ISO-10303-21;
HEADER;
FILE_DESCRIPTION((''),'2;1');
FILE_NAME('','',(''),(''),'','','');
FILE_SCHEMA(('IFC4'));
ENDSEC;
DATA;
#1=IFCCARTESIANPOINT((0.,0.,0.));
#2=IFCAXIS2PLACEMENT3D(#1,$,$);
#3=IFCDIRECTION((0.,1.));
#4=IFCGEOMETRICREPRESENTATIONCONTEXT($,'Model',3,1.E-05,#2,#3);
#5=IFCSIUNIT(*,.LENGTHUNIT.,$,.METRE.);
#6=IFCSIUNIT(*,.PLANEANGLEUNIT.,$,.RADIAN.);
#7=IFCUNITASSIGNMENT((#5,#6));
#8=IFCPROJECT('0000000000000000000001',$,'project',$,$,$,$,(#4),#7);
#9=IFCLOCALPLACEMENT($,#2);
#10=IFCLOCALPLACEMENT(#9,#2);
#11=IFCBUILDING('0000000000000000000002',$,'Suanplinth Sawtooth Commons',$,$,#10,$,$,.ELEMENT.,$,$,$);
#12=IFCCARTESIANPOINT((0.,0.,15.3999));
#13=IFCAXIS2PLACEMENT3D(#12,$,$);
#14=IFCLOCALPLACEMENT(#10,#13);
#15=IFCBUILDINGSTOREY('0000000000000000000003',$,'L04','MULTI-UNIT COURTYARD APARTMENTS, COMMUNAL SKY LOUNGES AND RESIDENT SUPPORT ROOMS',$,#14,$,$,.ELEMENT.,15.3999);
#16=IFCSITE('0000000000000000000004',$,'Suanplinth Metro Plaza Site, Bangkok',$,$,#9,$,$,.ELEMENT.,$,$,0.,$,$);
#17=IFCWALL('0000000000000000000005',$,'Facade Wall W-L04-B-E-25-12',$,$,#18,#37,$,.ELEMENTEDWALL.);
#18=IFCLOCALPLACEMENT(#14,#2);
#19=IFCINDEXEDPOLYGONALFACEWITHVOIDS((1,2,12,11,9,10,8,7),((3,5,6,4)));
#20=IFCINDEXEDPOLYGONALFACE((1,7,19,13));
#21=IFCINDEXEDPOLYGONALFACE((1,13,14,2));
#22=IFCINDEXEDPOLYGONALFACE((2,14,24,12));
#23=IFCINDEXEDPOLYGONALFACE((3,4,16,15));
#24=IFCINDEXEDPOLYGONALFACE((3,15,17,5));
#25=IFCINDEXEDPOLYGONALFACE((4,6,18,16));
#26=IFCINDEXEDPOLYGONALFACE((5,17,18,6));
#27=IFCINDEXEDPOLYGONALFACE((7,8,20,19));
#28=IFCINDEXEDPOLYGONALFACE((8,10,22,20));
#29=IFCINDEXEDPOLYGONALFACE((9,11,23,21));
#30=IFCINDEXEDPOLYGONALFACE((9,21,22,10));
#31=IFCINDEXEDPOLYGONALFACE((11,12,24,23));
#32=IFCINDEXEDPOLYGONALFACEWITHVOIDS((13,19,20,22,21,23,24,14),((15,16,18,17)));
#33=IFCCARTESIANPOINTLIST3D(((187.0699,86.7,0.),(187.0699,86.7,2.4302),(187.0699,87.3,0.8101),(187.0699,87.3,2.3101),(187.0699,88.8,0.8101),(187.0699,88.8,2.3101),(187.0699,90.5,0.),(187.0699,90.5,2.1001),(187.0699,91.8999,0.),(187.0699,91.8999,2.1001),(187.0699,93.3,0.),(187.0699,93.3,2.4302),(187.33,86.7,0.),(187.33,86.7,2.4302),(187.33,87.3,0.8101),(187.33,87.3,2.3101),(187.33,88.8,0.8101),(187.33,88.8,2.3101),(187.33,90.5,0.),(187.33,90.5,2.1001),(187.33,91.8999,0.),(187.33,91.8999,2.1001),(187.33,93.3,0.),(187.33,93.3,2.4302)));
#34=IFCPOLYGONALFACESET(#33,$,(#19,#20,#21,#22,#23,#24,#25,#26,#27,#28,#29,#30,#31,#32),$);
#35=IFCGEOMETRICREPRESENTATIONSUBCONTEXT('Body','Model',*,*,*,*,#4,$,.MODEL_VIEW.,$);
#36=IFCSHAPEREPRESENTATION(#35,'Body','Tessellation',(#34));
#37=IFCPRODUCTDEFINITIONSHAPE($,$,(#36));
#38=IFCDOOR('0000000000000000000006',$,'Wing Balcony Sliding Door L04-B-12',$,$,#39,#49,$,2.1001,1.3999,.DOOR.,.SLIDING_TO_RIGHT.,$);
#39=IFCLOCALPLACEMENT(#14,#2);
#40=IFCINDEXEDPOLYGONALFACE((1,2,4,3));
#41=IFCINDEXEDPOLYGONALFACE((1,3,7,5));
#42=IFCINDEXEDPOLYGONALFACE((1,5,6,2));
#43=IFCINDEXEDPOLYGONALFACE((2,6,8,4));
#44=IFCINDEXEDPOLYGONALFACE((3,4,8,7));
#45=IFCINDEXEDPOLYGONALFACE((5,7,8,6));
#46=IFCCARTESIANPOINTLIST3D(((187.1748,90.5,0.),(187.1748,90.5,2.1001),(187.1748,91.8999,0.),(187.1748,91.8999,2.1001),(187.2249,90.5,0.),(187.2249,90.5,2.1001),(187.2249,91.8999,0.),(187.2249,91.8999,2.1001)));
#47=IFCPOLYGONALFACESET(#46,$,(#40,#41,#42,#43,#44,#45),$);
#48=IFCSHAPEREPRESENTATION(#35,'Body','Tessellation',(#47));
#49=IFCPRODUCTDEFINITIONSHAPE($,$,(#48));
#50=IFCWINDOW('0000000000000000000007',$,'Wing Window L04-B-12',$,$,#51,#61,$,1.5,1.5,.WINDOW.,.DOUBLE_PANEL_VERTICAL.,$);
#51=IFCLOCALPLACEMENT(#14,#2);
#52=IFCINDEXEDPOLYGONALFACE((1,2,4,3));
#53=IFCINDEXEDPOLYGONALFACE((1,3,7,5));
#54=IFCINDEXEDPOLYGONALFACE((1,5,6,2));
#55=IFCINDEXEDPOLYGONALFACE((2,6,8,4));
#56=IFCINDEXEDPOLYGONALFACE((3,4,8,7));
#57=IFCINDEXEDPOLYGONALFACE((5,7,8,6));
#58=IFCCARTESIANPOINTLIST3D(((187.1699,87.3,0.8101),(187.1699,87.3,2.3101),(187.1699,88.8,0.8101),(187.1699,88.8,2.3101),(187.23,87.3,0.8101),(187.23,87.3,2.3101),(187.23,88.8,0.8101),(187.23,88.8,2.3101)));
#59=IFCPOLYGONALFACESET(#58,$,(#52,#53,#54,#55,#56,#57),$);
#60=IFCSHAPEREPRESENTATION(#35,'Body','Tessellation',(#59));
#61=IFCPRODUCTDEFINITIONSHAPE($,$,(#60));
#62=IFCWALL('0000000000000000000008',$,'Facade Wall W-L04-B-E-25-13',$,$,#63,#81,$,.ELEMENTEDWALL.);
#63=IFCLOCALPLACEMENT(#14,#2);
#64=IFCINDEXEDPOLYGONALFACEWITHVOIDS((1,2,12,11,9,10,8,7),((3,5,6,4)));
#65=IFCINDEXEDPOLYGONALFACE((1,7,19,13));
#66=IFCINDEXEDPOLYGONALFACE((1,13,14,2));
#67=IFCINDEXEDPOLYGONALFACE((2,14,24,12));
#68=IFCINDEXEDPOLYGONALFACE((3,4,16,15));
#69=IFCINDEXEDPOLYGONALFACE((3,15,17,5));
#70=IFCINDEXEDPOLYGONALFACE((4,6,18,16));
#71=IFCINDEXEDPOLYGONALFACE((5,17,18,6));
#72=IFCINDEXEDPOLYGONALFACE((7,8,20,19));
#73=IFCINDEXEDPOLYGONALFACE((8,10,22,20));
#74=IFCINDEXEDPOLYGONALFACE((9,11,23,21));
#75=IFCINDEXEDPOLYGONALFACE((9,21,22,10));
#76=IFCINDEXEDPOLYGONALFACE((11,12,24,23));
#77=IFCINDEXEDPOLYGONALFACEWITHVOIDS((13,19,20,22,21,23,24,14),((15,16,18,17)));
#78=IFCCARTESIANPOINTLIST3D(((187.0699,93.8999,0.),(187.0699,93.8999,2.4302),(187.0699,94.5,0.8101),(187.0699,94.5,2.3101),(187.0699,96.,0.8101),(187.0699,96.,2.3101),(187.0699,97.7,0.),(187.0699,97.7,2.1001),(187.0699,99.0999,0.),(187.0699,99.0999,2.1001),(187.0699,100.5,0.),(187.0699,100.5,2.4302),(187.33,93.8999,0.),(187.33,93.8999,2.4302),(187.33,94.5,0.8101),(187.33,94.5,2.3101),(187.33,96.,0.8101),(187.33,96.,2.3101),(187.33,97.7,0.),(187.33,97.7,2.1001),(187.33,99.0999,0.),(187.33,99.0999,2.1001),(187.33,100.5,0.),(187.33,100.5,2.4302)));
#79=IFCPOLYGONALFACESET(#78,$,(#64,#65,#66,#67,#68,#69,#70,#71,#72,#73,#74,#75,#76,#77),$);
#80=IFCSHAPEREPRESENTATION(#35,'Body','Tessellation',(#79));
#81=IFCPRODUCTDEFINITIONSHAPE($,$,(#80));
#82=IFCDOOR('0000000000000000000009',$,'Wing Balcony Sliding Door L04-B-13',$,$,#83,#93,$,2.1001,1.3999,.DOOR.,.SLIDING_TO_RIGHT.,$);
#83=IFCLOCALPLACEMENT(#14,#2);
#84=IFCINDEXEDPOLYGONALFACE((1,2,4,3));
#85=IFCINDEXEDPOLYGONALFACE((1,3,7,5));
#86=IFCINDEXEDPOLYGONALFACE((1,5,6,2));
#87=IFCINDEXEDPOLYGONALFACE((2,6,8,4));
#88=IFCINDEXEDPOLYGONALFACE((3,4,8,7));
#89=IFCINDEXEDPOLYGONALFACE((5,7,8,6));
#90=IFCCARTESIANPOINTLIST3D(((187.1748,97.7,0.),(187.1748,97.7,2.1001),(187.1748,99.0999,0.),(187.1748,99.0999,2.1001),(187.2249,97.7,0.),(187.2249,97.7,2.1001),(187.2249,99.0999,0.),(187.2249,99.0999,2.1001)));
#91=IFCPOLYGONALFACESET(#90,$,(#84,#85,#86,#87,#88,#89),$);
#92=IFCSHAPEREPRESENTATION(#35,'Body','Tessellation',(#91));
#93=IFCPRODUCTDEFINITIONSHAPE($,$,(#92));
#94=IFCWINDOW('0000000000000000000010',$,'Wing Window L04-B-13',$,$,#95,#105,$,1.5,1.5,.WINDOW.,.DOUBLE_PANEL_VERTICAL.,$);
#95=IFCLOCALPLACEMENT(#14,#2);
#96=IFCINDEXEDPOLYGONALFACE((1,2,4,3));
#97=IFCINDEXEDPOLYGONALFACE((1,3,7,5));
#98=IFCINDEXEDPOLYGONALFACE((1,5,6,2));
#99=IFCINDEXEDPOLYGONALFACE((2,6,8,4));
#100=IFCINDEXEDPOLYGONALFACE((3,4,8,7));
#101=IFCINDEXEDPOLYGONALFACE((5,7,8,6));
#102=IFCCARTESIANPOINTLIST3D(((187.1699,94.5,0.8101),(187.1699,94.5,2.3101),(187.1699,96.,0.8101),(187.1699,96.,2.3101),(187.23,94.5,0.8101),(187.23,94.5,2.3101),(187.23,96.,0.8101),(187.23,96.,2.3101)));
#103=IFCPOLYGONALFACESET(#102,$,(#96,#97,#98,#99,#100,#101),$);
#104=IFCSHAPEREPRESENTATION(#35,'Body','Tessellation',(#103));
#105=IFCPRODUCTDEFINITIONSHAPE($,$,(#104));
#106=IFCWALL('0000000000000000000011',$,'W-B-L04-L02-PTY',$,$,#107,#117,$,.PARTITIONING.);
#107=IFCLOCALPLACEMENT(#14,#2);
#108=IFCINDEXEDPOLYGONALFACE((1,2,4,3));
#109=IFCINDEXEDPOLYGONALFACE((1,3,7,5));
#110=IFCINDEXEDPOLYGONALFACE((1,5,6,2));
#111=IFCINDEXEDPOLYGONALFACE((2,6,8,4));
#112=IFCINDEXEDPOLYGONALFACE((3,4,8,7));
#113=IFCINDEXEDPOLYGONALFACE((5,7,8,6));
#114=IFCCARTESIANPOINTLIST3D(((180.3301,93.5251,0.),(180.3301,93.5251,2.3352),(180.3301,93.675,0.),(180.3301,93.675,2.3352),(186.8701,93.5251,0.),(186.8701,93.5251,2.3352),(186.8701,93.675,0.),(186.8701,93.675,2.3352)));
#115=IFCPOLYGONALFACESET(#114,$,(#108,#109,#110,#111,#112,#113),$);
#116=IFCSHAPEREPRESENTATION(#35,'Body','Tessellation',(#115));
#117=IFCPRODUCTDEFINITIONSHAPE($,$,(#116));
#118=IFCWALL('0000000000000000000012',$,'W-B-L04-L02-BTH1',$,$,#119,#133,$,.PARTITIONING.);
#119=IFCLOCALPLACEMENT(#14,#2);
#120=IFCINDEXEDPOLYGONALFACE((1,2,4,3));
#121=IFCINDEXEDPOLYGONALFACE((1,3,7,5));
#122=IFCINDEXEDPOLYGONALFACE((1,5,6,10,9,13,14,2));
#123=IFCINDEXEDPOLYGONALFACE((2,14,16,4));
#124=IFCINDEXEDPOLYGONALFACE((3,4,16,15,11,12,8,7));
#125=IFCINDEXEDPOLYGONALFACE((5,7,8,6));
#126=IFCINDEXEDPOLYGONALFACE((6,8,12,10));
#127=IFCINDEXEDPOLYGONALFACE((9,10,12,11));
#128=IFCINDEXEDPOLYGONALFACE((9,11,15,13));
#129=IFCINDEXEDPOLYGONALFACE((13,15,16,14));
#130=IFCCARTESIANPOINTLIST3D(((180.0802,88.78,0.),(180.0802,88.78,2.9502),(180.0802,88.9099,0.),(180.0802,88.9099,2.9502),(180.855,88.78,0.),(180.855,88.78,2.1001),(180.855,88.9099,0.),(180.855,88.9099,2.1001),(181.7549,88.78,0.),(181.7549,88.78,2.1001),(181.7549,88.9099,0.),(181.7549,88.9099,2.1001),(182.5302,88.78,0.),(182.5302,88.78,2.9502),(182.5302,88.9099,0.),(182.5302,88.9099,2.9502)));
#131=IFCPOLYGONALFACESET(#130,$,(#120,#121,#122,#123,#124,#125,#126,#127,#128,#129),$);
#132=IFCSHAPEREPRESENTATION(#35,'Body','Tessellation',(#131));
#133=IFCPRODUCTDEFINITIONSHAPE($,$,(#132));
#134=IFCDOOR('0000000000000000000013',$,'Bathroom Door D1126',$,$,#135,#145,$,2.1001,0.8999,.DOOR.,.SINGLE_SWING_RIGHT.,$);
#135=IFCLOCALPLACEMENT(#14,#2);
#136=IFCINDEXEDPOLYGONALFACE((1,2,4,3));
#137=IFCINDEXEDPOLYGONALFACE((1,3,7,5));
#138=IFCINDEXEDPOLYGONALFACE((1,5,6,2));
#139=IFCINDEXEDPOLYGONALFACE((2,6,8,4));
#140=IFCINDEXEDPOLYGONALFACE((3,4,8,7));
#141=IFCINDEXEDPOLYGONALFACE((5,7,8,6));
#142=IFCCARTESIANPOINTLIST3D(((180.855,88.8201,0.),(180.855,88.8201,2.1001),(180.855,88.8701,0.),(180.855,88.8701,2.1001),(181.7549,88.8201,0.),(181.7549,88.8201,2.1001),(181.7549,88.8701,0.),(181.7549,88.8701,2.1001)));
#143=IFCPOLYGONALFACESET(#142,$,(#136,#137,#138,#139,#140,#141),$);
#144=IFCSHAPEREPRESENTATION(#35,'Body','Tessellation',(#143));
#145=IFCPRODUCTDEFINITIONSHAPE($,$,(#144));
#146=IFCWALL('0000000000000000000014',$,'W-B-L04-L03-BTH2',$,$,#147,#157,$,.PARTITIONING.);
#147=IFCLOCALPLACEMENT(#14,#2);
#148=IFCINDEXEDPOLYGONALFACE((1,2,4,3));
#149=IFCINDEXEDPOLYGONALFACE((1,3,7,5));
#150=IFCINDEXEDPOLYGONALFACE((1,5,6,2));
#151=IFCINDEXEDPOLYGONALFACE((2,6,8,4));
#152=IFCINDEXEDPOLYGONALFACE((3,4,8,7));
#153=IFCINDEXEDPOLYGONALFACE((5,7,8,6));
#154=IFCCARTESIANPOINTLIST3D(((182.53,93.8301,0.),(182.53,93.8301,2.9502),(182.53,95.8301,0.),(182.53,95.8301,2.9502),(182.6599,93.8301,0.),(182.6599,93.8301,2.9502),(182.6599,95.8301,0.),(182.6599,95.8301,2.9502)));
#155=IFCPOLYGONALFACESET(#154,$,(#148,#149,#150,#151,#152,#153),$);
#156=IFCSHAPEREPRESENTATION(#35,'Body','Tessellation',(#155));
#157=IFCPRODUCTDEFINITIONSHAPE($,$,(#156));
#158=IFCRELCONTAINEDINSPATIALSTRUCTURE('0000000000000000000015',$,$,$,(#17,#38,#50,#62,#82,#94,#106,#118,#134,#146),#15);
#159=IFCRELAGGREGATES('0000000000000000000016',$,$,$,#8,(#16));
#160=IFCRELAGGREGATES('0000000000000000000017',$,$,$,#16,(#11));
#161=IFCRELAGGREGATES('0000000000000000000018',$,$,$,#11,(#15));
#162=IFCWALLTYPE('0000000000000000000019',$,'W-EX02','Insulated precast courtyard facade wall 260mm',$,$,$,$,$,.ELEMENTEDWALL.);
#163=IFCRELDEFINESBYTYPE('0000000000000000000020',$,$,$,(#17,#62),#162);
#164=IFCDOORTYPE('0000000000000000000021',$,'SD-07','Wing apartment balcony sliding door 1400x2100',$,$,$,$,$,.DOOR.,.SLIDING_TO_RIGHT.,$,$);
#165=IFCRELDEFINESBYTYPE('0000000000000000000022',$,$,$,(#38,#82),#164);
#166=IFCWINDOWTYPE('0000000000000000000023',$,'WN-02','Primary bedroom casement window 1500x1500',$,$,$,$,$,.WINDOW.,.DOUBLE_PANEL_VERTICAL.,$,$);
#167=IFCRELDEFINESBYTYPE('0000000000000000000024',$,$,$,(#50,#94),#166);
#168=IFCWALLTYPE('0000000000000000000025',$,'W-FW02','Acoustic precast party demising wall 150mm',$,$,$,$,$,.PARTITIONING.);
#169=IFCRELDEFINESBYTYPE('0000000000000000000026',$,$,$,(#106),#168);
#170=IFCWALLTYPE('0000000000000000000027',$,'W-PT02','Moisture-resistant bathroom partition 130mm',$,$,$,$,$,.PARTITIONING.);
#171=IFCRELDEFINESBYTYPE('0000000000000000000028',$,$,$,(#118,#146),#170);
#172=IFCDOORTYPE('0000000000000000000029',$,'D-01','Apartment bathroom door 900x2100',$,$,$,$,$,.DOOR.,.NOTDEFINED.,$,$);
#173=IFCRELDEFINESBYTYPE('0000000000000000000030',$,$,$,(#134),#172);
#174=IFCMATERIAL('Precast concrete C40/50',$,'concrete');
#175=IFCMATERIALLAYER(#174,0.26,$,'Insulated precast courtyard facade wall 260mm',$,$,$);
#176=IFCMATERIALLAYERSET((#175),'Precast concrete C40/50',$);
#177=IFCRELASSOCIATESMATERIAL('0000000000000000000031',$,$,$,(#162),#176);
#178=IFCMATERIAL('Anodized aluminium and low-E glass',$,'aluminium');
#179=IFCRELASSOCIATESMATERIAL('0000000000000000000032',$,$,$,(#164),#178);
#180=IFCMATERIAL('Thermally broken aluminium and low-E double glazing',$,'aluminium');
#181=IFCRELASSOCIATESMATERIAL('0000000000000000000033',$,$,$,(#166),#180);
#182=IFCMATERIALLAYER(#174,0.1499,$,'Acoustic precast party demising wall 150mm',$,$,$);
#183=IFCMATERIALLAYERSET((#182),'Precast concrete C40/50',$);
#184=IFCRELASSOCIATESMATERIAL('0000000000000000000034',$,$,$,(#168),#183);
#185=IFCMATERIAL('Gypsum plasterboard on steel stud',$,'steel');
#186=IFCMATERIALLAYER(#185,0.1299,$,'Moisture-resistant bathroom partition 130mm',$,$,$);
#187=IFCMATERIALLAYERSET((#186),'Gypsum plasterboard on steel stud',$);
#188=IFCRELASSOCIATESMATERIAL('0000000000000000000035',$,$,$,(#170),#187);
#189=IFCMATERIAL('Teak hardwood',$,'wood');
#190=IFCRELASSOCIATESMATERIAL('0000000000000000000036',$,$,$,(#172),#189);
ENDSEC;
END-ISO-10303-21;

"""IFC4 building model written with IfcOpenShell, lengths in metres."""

from ifc_helpers import new_model, si_unit, direction, frame, frame_2d, origin, place, context, subcontext, project, spatial, rectangle, extrude, material, layer, layer_set, type_object, element, fill, save


model = new_model("IFC4")

# Units and contexts
model_context = context("Model", 3, precision=1e-05, world=origin(), true_north=direction((0.0, 1.0)))
body_context = subcontext(model_context, "Body", "Model", "MODEL_VIEW")
ifc_project = project(units=[si_unit("LENGTHUNIT", "METRE"), si_unit("PLANEANGLEUNIT", "RADIAN")], contexts=[model_context])

# Site, building, storey
site_placement = place(None, origin())
site = spatial("IfcSite", under=ifc_project, at=site_placement, Name="Suanplinth Metro Plaza Site, Bangkok", CompositionType="ELEMENT", RefElevation=0.0)
building_placement = place(site_placement, origin())
building = spatial("IfcBuilding", under=site, at=building_placement, Name="Suanplinth Sawtooth Commons", CompositionType="ELEMENT")
storey_placement = place(building_placement, frame((0.0, 0.0, 15.3999)))
storey = spatial("IfcBuildingStorey", under=building, at=storey_placement, Name="L04", Description="MULTI-UNIT COURTYARD APARTMENTS, COMMUNAL SKY LOUNGES AND RESIDENT SUPPORT ROOMS", CompositionType="ELEMENT", Elevation=15.3999)

# Shared definitions
ifc_material_1 = material(Name="Precast concrete C40/50", Category="concrete")

# Walls, openings, doors, windows
ifc_layer_1 = layer(ifc_material_1, 0.26, Name="Insulated precast courtyard facade wall 260mm")
ifc_layer_set_1 = layer_set([ifc_layer_1], Name="Precast concrete C40/50")
wall_type_1 = type_object("IfcWallType", Name="W-EX02", Description="Insulated precast courtyard facade wall 260mm", PredefinedType="ELEMENTEDWALL", material=ifc_layer_set_1)
wall_1_placement = place(storey_placement, frame((187.2, 86.7, 0.0), z_axis=(0.0, 0.0, 1.0), x_axis=(0.0, 1.0, 0.0)))
wall_1 = element("IfcWall", 1, at=wall_1_placement, inside=storey, type_object=wall_type_1, Name="Facade Wall W-L04-B-E-25-12", PredefinedType="ELEMENTEDWALL", context=body_context, shape_type="SweptSolid", body=[
    extrude(rectangle(XDim=6.6001, YDim=0.26, at=frame_2d((3.3, 0.0))), origin(), (0.0, 0.0, 1.0), 2.4302),
])
opening_1_placement = place(wall_1_placement, frame((3.8, 0.0, 0.0)))
opening_1 = element("IfcOpeningElement", 2, at=opening_1_placement, cuts=wall_1, PredefinedType="OPENING", context=body_context, shape_type="SweptSolid", body=[
    extrude(rectangle(XDim=1.3999, YDim=2.1001, at=frame_2d((0.7, 1.05))), frame((0.0, 0.145, 0.0), z_axis=(0.0, -1.0, 0.0), x_axis=(1.0, 0.0, 0.0)), (0.0, 0.0, 1.0), 0.2898),
])
opening_2_placement = place(wall_1_placement, frame((0.6001, 0.0, 0.8101)))
opening_2 = element("IfcOpeningElement", 3, at=opening_2_placement, cuts=wall_1, PredefinedType="OPENING", context=body_context, shape_type="SweptSolid", body=[
    extrude(rectangle(XDim=1.5, YDim=1.5, at=frame_2d((0.75, 0.75))), frame((0.0, 0.145, 0.0), z_axis=(0.0, -1.0, 0.0), x_axis=(1.0, 0.0, 0.0)), (0.0, 0.0, 1.0), 0.2898),
])
ifc_material_2 = material(Name="Anodized aluminium and low-E glass", Category="aluminium")
door_type_1 = type_object("IfcDoorType", Name="SD-07", Description="Wing apartment balcony sliding door 1400x2100", OperationType="SLIDING_TO_RIGHT", PredefinedType="DOOR", material=ifc_material_2)
door_1_placement = place(opening_1_placement, frame((1.3999, 0.0, 0.0), z_axis=(0.0, 0.0, 1.0), x_axis=(-1.0, 0.0, 0.0)))
door_1 = element("IfcDoor", 4, at=door_1_placement, inside=storey, type_object=door_type_1, Name="Wing Balcony Sliding Door L04-B-12", OperationType="SLIDING_TO_RIGHT", OverallHeight=2.1001, OverallWidth=1.3999, PredefinedType="DOOR", context=body_context, shape_type="SweptSolid", body=[
    extrude(rectangle(XDim=1.3999, YDim=2.1001, at=frame_2d((0.7, 1.05))), frame((0.0, 0.0249, 0.0), z_axis=(0.0, -1.0, 0.0), x_axis=(1.0, 0.0, 0.0)), (0.0, 0.0, 1.0), 0.05),
])
fill(opening_1, door_1)
ifc_material_3 = material(Name="Thermally broken aluminium and low-E double glazing", Category="aluminium")
window_type = type_object("IfcWindowType", Name="WN-02", Description="Primary bedroom casement window 1500x1500", PartitioningType="DOUBLE_PANEL_VERTICAL", PredefinedType="WINDOW", material=ifc_material_3)
window_1_placement = place(opening_2_placement, origin())
window_1 = element("IfcWindow", 5, at=window_1_placement, inside=storey, type_object=window_type, Name="Wing Window L04-B-12", OverallHeight=1.5, OverallWidth=1.5, PartitioningType="DOUBLE_PANEL_VERTICAL", PredefinedType="WINDOW", context=body_context, shape_type="SweptSolid", body=[
    extrude(rectangle(XDim=1.5, YDim=1.5, at=frame_2d((0.75, 0.75))), frame((0.0, 0.03, 0.0), z_axis=(0.0, -1.0, 0.0), x_axis=(1.0, 0.0, 0.0)), (0.0, 0.0, 1.0), 0.0601),
])
fill(opening_2, window_1)
wall_2_placement = place(storey_placement, frame((187.2, 93.8999, 0.0), z_axis=(0.0, 0.0, 1.0), x_axis=(0.0, 1.0, 0.0)))
wall_2 = element("IfcWall", 6, at=wall_2_placement, inside=storey, type_object=wall_type_1, Name="Facade Wall W-L04-B-E-25-13", PredefinedType="ELEMENTEDWALL", context=body_context, shape_type="SweptSolid", body=[
    extrude(rectangle(XDim=6.6001, YDim=0.26, at=frame_2d((3.3, 0.0))), origin(), (0.0, 0.0, 1.0), 2.4302),
])
opening_3_placement = place(wall_2_placement, frame((3.8, 0.0, 0.0)))
opening_3 = element("IfcOpeningElement", 7, at=opening_3_placement, cuts=wall_2, PredefinedType="OPENING", context=body_context, shape_type="SweptSolid", body=[
    extrude(rectangle(XDim=1.3999, YDim=2.1001, at=frame_2d((0.7, 1.05))), frame((0.0, 0.145, 0.0), z_axis=(0.0, -1.0, 0.0), x_axis=(1.0, 0.0, 0.0)), (0.0, 0.0, 1.0), 0.2898),
])
opening_4_placement = place(wall_2_placement, frame((0.6001, 0.0, 0.8101)))
opening_4 = element("IfcOpeningElement", 8, at=opening_4_placement, cuts=wall_2, PredefinedType="OPENING", context=body_context, shape_type="SweptSolid", body=[
    extrude(rectangle(XDim=1.5, YDim=1.5, at=frame_2d((0.75, 0.75))), frame((0.0, 0.145, 0.0), z_axis=(0.0, -1.0, 0.0), x_axis=(1.0, 0.0, 0.0)), (0.0, 0.0, 1.0), 0.2898),
])
door_2_placement = place(opening_3_placement, frame((1.3999, 0.0, 0.0), z_axis=(0.0, 0.0, 1.0), x_axis=(-1.0, 0.0, 0.0)))
door_2 = element("IfcDoor", 9, at=door_2_placement, inside=storey, type_object=door_type_1, Name="Wing Balcony Sliding Door L04-B-13", OperationType="SLIDING_TO_RIGHT", OverallHeight=2.1001, OverallWidth=1.3999, PredefinedType="DOOR", context=body_context, shape_type="SweptSolid", body=[
    extrude(rectangle(XDim=1.3999, YDim=2.1001, at=frame_2d((0.7, 1.05))), frame((0.0, 0.0249, 0.0), z_axis=(0.0, -1.0, 0.0), x_axis=(1.0, 0.0, 0.0)), (0.0, 0.0, 1.0), 0.05),
])
fill(opening_3, door_2)
window_2_placement = place(opening_4_placement, origin())
window_2 = element("IfcWindow", 10, at=window_2_placement, inside=storey, type_object=window_type, Name="Wing Window L04-B-13", OverallHeight=1.5, OverallWidth=1.5, PartitioningType="DOUBLE_PANEL_VERTICAL", PredefinedType="WINDOW", context=body_context, shape_type="SweptSolid", body=[
    extrude(rectangle(XDim=1.5, YDim=1.5, at=frame_2d((0.75, 0.75))), frame((0.0, 0.03, 0.0), z_axis=(0.0, -1.0, 0.0), x_axis=(1.0, 0.0, 0.0)), (0.0, 0.0, 1.0), 0.0601),
])
fill(opening_4, window_2)

# Wall
ifc_layer_2 = layer(ifc_material_1, 0.1499, Name="Acoustic precast party demising wall 150mm")
ifc_layer_set_2 = layer_set([ifc_layer_2], Name="Precast concrete C40/50")
wall_type_2 = type_object("IfcWallType", Name="W-FW02", Description="Acoustic precast party demising wall 150mm", PredefinedType="PARTITIONING", material=ifc_layer_set_2)
wall_3_placement = place(storey_placement, frame((180.3301, 93.6001, 0.0), z_axis=(0.0, 0.0, 1.0), x_axis=(1.0, 0.0, 0.0)))
element("IfcWall", 11, at=wall_3_placement, inside=storey, type_object=wall_type_2, Name="W-B-L04-L02-PTY", PredefinedType="PARTITIONING", context=body_context, shape_type="SweptSolid", body=[
    extrude(rectangle(XDim=6.54, YDim=0.1499, at=frame_2d((3.27, 0.0))), origin(), (0.0, 0.0, 1.0), 2.3352),
])

# Wall, opening, door
ifc_material_4 = material(Name="Gypsum plasterboard on steel stud", Category="steel")
ifc_layer_3 = layer(ifc_material_4, 0.1299, Name="Moisture-resistant bathroom partition 130mm")
ifc_layer_set_3 = layer_set([ifc_layer_3], Name="Gypsum plasterboard on steel stud")
wall_type_3 = type_object("IfcWallType", Name="W-PT02", Description="Moisture-resistant bathroom partition 130mm", PredefinedType="PARTITIONING", material=ifc_layer_set_3)
wall_4_placement = place(storey_placement, frame((180.0801, 88.845, 0.0), z_axis=(0.0, 0.0, 1.0), x_axis=(1.0, 0.0, 0.0)))
wall_4 = element("IfcWall", 12, at=wall_4_placement, inside=storey, type_object=wall_type_3, Name="W-B-L04-L02-BTH1", PredefinedType="PARTITIONING", context=body_context, shape_type="SweptSolid", body=[
    extrude(rectangle(XDim=2.45, YDim=0.1299, at=frame_2d((1.2251, 0.0))), origin(), (0.0, 0.0, 1.0), 2.9502),
])
opening_5_placement = place(wall_4_placement, frame((0.7749, 0.0, 0.0)))
opening_5 = element("IfcOpeningElement", 13, at=opening_5_placement, cuts=wall_4, PredefinedType="OPENING", context=body_context, shape_type="SweptSolid", body=[
    extrude(rectangle(XDim=0.8999, YDim=2.1001, at=frame_2d((0.45, 1.05))), frame((0.0, 0.0798, 0.0), z_axis=(0.0, -1.0, 0.0), x_axis=(1.0, 0.0, 0.0)), (0.0, 0.0, 1.0), 0.1597),
])
ifc_material_5 = material(Name="Teak hardwood", Category="wood")
door_type_2 = type_object("IfcDoorType", Name="D-01", Description="Apartment bathroom door 900x2100", OperationType="NOTDEFINED", PredefinedType="DOOR", material=ifc_material_5)
door_3_placement = place(opening_5_placement, frame((0.8999, 0.0, 0.0), z_axis=(0.0, 0.0, 1.0), x_axis=(-1.0, 0.0, 0.0)))
door_3 = element("IfcDoor", 14, at=door_3_placement, inside=storey, type_object=door_type_2, Name="Bathroom Door D1126", OperationType="SINGLE_SWING_RIGHT", OverallHeight=2.1001, OverallWidth=0.8999, PredefinedType="DOOR", context=body_context, shape_type="SweptSolid", body=[
    extrude(rectangle(XDim=0.8999, YDim=2.1001, at=frame_2d((0.45, 1.05))), frame((0.0, 0.0249, 0.0), z_axis=(0.0, -1.0, 0.0), x_axis=(1.0, 0.0, 0.0)), (0.0, 0.0, 1.0), 0.05),
])
fill(opening_5, door_3)

# Wall
wall_5_placement = place(storey_placement, frame((182.595, 93.8301, 0.0), z_axis=(0.0, 0.0, 1.0), x_axis=(0.0, 1.0, 0.0)))
element("IfcWall", 15, at=wall_5_placement, inside=storey, type_object=wall_type_3, Name="W-B-L04-L03-BTH2", PredefinedType="PARTITIONING", context=body_context, shape_type="SweptSolid", body=[
    extrude(rectangle(XDim=2.0, YDim=0.1299, at=frame_2d((1.0, 0.0))), origin(), (0.0, 0.0, 1.0), 2.9502),
])

save(model, "model.ifc")
